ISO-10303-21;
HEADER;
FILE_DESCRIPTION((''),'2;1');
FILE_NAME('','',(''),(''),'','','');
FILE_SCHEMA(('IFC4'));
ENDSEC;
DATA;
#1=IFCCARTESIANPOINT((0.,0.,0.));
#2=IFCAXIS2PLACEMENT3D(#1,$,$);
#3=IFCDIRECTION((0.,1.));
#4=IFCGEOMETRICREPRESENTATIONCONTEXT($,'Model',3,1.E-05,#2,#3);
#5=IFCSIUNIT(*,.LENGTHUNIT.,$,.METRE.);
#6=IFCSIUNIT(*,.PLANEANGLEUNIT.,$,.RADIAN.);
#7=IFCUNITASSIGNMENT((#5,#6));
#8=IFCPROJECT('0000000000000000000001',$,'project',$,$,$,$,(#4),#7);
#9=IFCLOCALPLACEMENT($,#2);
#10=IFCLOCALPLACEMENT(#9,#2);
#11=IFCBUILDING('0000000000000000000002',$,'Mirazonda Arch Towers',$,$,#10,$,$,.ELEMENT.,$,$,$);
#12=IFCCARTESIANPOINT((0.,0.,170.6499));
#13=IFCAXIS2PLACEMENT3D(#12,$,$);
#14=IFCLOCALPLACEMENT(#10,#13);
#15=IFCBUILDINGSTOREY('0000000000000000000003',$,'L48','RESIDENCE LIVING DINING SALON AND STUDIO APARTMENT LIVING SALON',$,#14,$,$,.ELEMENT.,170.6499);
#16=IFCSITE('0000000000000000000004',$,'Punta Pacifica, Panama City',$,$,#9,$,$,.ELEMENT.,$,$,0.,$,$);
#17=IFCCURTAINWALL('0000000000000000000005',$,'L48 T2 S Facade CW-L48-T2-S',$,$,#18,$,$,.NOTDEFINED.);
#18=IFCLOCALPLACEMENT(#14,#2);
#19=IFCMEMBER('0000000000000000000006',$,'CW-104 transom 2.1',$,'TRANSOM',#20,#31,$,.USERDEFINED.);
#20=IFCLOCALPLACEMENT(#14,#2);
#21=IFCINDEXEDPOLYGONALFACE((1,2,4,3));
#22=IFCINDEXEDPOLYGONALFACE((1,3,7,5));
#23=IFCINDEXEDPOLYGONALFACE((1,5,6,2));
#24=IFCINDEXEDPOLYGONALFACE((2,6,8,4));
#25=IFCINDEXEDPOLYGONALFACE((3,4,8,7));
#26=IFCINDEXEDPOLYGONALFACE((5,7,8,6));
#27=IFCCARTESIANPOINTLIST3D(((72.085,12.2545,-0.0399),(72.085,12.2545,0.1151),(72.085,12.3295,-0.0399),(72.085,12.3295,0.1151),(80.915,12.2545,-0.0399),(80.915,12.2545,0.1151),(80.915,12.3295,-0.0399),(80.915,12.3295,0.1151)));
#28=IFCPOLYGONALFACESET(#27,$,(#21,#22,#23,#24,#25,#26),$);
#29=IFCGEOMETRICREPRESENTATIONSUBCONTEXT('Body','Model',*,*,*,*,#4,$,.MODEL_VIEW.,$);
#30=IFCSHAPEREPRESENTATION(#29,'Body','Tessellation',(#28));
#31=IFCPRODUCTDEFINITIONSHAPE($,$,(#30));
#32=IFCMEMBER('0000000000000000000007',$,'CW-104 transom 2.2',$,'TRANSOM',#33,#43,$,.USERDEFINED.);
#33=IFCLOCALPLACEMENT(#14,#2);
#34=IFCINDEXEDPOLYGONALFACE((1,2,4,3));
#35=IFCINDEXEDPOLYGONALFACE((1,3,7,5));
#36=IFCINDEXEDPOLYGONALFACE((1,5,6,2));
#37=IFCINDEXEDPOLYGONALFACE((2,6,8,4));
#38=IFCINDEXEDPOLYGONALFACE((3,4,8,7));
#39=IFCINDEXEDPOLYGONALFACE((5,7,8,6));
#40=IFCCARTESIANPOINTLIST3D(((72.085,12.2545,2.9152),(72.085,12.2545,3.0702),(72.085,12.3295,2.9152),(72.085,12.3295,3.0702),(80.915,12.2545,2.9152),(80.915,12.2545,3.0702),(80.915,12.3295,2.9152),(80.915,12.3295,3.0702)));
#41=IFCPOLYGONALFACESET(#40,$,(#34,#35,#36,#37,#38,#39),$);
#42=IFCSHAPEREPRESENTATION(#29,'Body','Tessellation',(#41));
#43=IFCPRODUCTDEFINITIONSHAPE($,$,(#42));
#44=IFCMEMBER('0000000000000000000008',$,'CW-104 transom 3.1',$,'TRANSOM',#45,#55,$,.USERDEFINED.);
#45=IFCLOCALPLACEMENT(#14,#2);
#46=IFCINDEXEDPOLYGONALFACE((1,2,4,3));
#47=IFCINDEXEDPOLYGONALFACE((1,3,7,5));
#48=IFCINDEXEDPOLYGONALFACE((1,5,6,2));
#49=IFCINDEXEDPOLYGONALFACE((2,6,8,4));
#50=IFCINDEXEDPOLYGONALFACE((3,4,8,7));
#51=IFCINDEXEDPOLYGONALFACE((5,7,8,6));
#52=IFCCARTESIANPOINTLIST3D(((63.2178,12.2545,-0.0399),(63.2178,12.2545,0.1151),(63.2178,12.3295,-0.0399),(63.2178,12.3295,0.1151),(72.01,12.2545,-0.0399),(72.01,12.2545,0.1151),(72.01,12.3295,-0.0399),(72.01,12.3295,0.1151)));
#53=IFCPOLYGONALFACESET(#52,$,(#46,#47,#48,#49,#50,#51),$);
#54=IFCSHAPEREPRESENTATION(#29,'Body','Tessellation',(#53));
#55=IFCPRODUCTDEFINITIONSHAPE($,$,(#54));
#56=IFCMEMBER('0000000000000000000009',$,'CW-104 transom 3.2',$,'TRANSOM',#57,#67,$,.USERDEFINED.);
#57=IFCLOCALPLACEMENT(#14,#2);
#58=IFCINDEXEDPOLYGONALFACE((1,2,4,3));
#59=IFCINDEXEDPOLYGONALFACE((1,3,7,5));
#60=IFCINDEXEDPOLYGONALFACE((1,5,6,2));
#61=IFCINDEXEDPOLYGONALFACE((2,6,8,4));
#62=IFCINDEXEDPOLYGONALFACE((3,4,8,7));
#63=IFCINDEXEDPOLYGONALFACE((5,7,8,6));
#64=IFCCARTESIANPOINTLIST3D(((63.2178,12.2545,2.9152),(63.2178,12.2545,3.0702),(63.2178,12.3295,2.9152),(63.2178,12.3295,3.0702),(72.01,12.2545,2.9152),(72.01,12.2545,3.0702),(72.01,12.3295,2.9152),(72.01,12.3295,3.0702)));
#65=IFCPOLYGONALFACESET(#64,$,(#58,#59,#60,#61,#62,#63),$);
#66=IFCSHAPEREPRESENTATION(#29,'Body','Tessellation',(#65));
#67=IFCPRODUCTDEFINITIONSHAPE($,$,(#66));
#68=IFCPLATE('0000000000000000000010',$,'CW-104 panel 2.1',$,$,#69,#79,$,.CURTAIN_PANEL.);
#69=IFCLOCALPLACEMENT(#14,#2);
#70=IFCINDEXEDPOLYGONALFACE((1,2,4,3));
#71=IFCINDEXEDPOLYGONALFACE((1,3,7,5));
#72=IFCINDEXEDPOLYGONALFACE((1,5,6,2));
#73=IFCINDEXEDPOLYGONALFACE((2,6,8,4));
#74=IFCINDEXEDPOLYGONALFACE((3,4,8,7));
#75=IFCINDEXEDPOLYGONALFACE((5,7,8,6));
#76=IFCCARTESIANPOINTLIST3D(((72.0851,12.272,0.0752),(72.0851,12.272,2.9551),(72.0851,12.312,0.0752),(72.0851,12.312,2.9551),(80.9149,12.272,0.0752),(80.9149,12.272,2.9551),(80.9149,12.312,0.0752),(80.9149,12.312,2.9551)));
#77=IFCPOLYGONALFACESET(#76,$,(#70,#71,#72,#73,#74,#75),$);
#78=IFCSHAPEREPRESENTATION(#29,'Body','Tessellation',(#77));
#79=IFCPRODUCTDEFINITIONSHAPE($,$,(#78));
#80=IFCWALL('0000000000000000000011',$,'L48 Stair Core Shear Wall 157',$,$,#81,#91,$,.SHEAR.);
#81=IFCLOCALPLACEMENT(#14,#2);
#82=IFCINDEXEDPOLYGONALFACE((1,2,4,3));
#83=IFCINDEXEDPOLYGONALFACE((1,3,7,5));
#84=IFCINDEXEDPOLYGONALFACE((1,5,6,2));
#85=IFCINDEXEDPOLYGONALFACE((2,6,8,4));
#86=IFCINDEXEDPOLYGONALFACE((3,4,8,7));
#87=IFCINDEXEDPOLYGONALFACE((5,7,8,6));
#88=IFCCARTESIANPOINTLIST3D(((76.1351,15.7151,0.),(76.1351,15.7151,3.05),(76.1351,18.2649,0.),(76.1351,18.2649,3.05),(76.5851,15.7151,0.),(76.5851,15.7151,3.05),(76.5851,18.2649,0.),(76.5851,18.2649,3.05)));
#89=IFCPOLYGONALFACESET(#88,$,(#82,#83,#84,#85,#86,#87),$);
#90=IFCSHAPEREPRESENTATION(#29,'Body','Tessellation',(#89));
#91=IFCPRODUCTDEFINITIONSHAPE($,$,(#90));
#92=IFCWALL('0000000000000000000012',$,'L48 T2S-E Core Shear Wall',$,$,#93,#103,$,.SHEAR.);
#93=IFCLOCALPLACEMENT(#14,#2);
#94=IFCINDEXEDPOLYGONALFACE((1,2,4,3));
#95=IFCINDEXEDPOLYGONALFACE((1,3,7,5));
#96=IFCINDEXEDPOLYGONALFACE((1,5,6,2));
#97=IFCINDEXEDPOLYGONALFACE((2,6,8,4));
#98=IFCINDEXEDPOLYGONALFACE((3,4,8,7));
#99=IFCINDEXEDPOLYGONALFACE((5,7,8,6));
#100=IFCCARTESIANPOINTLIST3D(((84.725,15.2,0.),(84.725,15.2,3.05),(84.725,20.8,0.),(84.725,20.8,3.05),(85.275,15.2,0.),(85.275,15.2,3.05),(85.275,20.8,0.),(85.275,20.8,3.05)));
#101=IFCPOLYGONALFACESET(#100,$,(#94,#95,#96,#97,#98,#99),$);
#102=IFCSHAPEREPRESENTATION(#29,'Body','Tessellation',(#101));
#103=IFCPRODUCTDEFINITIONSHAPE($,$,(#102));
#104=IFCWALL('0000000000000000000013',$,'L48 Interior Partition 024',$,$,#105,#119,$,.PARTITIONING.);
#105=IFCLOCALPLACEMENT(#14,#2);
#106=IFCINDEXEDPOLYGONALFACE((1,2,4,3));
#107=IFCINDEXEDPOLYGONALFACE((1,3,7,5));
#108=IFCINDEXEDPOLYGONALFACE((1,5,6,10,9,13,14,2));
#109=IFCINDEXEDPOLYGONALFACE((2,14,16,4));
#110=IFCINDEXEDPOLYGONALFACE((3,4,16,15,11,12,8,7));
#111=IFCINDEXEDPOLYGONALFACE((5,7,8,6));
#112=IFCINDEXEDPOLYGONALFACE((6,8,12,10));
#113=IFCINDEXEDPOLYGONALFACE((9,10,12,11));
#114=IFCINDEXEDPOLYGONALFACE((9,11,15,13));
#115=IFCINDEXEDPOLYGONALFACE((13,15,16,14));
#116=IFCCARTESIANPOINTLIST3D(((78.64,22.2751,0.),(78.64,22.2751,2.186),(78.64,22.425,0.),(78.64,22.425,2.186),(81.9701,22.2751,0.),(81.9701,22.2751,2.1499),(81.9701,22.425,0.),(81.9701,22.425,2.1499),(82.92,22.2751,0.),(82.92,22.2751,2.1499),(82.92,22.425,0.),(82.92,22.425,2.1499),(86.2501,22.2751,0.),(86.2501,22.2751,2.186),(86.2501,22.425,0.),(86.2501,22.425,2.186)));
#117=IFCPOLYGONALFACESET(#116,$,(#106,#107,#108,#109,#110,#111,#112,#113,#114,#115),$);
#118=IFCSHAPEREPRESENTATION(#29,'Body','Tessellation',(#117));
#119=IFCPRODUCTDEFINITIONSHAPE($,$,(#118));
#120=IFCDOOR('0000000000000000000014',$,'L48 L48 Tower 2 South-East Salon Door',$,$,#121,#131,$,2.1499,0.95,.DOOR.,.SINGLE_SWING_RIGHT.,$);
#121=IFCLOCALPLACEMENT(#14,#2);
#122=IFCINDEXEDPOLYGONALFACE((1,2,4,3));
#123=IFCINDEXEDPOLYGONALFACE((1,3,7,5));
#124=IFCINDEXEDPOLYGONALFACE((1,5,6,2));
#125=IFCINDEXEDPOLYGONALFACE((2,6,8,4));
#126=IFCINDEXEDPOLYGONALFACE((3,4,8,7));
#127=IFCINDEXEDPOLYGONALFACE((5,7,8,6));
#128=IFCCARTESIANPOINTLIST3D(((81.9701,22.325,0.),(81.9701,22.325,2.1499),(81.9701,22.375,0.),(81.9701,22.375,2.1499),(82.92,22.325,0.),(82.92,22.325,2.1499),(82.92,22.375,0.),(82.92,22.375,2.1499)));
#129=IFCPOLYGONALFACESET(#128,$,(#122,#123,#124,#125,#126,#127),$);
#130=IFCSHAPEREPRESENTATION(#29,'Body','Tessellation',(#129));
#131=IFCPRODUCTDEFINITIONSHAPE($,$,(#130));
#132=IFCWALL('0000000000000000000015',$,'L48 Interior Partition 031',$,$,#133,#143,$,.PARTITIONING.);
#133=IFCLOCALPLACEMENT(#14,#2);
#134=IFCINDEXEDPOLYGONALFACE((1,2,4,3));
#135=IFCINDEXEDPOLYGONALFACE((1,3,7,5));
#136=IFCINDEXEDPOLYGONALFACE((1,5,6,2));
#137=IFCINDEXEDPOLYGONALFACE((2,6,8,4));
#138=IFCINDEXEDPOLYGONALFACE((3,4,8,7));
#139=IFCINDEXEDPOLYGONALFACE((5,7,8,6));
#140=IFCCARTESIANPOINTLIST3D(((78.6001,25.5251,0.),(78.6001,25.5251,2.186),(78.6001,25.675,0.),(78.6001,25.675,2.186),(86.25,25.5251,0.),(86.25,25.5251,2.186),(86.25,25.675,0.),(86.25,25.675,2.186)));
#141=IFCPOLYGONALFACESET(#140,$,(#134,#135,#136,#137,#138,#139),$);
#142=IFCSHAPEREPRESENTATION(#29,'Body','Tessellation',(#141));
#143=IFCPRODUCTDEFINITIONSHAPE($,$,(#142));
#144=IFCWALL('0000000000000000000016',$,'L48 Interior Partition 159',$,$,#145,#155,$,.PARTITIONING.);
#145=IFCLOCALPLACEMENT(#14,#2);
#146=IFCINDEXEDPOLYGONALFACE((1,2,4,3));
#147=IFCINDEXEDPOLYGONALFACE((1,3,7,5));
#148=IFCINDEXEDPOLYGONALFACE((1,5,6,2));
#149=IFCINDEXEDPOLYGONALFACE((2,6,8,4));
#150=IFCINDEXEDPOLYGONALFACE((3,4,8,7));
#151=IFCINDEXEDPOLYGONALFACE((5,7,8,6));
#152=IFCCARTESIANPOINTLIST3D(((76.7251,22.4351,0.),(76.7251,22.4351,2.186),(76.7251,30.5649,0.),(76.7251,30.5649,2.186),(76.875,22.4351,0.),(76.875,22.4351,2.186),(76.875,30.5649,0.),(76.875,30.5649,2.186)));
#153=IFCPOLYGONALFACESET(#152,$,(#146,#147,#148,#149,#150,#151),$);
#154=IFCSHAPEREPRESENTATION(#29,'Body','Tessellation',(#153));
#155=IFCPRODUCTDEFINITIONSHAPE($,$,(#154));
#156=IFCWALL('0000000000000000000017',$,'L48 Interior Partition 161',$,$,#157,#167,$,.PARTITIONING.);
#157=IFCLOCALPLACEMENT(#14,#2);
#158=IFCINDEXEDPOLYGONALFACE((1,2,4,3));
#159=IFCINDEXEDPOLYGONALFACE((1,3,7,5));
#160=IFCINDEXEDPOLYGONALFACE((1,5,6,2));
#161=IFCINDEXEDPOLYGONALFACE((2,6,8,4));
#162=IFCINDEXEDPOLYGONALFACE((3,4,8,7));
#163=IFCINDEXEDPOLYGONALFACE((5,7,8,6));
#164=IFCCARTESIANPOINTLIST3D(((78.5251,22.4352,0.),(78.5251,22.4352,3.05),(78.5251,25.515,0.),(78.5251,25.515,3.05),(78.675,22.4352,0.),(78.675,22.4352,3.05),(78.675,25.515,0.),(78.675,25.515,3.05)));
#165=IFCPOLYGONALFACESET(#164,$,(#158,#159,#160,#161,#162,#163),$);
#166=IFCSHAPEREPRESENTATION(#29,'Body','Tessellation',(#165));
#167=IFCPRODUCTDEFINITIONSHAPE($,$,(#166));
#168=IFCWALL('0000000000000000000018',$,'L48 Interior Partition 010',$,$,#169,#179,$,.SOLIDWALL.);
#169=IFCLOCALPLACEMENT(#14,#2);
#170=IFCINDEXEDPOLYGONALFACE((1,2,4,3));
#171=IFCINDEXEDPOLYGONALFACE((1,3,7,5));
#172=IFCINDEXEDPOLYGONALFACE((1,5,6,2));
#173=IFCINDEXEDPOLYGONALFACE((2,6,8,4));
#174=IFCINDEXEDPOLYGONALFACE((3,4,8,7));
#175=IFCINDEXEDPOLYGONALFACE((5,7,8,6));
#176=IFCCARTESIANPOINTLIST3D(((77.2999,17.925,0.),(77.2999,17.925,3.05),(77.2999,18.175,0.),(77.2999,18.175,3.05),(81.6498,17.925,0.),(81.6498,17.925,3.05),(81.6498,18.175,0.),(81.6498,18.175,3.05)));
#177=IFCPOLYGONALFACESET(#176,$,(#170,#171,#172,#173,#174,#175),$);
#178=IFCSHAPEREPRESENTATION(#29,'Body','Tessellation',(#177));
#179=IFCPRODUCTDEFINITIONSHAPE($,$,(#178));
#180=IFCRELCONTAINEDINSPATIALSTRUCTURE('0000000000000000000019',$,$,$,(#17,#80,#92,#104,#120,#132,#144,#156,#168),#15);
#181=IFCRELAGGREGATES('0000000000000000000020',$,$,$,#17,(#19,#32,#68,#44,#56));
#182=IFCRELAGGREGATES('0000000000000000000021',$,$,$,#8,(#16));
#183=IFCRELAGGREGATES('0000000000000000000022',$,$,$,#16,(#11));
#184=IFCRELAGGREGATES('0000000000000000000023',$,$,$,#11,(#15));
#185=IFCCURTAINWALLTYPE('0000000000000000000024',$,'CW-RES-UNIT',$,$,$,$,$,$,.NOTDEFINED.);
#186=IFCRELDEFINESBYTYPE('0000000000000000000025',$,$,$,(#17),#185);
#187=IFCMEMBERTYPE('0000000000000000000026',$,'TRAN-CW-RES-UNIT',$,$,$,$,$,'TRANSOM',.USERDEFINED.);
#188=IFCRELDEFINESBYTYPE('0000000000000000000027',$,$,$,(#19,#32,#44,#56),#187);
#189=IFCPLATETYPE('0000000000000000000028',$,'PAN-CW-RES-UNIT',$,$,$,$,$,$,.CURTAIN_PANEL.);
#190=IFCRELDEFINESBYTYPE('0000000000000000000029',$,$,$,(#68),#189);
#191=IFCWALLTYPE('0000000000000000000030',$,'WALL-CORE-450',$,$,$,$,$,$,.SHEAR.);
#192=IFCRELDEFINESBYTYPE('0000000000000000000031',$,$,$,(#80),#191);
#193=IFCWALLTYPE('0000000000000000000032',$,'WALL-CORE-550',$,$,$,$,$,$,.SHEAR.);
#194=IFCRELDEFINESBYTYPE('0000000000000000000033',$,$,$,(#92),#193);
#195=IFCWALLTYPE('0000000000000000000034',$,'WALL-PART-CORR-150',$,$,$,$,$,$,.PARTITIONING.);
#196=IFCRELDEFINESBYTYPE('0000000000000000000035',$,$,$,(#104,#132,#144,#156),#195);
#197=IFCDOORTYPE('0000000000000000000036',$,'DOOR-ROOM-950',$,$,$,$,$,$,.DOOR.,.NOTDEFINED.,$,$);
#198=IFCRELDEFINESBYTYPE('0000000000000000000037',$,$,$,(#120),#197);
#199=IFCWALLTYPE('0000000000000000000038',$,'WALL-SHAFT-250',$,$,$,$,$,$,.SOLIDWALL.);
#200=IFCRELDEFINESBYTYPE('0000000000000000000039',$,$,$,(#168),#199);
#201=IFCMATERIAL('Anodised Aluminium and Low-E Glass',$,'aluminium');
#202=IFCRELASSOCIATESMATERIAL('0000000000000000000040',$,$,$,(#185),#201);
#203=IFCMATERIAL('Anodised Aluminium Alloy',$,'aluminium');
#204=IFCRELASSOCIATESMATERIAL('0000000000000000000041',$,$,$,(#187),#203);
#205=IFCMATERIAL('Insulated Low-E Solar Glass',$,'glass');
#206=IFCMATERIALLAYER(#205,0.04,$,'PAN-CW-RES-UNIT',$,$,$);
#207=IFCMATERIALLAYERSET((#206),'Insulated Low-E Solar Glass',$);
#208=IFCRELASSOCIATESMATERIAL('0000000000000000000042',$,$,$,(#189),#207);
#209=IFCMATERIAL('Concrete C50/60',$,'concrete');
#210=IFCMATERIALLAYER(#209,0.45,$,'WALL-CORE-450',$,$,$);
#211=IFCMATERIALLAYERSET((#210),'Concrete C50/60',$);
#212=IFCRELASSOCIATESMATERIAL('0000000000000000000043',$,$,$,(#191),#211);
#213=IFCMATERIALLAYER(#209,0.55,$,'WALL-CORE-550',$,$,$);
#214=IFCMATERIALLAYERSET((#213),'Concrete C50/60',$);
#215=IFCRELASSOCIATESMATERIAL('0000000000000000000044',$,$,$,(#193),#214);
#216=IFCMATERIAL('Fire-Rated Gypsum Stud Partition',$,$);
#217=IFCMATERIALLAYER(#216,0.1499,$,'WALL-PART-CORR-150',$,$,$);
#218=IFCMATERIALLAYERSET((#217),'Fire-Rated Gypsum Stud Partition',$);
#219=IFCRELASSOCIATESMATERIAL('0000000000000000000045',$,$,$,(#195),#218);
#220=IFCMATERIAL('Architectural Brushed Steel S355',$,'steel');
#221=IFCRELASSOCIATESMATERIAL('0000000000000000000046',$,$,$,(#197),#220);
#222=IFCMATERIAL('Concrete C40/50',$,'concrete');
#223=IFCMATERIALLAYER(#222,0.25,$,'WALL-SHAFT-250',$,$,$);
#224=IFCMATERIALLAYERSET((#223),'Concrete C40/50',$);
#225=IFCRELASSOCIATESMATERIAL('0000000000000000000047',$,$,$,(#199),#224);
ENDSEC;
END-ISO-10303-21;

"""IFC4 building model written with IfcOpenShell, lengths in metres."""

from ifc_helpers import new_model, si_unit, direction, frame, frame_2d, origin, origin_2d, place, context, subcontext, project, spatial, rectangle, extrude, material, layer, layer_set, material_profile, profile_set, type_object, element, fill, aggregate, save


model = new_model("IFC4")

# Units and contexts
model_context = context("Model", 3, precision=1e-05, world=origin(), true_north=direction((0.0, 1.0)))
body_context = subcontext(model_context, "Body", "Model", "MODEL_VIEW")
ifc_project = project(units=[si_unit("LENGTHUNIT", "METRE"), si_unit("PLANEANGLEUNIT", "RADIAN")], contexts=[model_context])

# Site, building, storey
site_placement = place(None, origin())
site = spatial("IfcSite", under=ifc_project, at=site_placement, Name="Punta Pacifica, Panama City", CompositionType="ELEMENT", RefElevation=0.0)
building_placement = place(site_placement, origin())
building = spatial("IfcBuilding", under=site, at=building_placement, Name="Mirazonda Arch Towers", CompositionType="ELEMENT")
storey_placement = place(building_placement, frame((0.0, 0.0, 170.6499)))
storey = spatial("IfcBuildingStorey", under=building, at=storey_placement, Name="L48", Description="RESIDENCE LIVING DINING SALON AND STUDIO APARTMENT LIVING SALON", CompositionType="ELEMENT", Elevation=170.6499)

# Shared definitions
ifc_material_1 = material(Name="Concrete C50/60", Category="concrete")

# Curtain wall, members, plate
ifc_material_2 = material(Name="Anodised Aluminium and Low-E Glass", Category="aluminium")
curtain_wall_type = type_object("IfcCurtainWallType", Name="CW-RES-UNIT", PredefinedType="NOTDEFINED", material=ifc_material_2)
curtain_wall_placement = place(storey_placement, origin())
curtain_wall = element("IfcCurtainWall", 1, at=curtain_wall_placement, inside=storey, type_object=curtain_wall_type, Name="L48 T2 S Facade CW-L48-T2-S", PredefinedType="NOTDEFINED")
ifc_material_3 = material(Name="Anodised Aluminium Alloy", Category="aluminium")
ifc_material_profile_1 = material_profile(ifc_material_3, rectangle(XDim=0.075, YDim=0.155, at=origin_2d()), Name="ALU-TRAN-75x155")
ifc_profile_set_1 = profile_set([ifc_material_profile_1], Name="Anodised Aluminium Alloy")
member_type_1 = type_object("IfcMemberType", Name="TRAN-CW-RES-UNIT", ElementType="TRANSOM", PredefinedType="USERDEFINED", material=ifc_profile_set_1)
member_1_placement = place(storey_placement, frame((80.915, 12.292, 0.0376), z_axis=(-1.0, 0.0, 0.0), x_axis=(0.0, -1.0, 0.0)))
member_1 = element("IfcMember", 2, at=member_1_placement, type_object=member_type_1, Name="CW-104 transom 2.1", ObjectType="TRANSOM", PredefinedType="USERDEFINED", context=body_context, shape_type="SweptSolid", body=[
    extrude(rectangle(XDim=0.075, YDim=0.155, at=origin_2d()), origin(), (0.0, 0.0, 1.0), 8.8301),
])
member_2_placement = place(storey_placement, frame((80.915, 12.292, 2.9927), z_axis=(-1.0, 0.0, 0.0), x_axis=(0.0, -1.0, 0.0)))
member_2 = element("IfcMember", 3, at=member_2_placement, type_object=member_type_1, Name="CW-104 transom 2.2", ObjectType="TRANSOM", PredefinedType="USERDEFINED", context=body_context, shape_type="SweptSolid", body=[
    extrude(rectangle(XDim=0.075, YDim=0.155, at=origin_2d()), origin(), (0.0, 0.0, 1.0), 8.8301),
])
member_3_placement = place(storey_placement, frame((72.01, 12.292, 0.0376), z_axis=(-1.0, 0.0, 0.0), x_axis=(0.0, -1.0, 0.0)))
member_3 = element("IfcMember", 4, at=member_3_placement, type_object=member_type_1, Name="CW-104 transom 3.1", ObjectType="TRANSOM", PredefinedType="USERDEFINED", context=body_context, shape_type="SweptSolid", body=[
    extrude(rectangle(XDim=0.075, YDim=0.155, at=origin_2d()), origin(), (0.0, 0.0, 1.0), 8.7922),
])
member_4_placement = place(storey_placement, frame((72.01, 12.292, 2.9927), z_axis=(-1.0, 0.0, 0.0), x_axis=(0.0, -1.0, 0.0)))
member_4 = element("IfcMember", 5, at=member_4_placement, type_object=member_type_1, Name="CW-104 transom 3.2", ObjectType="TRANSOM", PredefinedType="USERDEFINED", context=body_context, shape_type="SweptSolid", body=[
    extrude(rectangle(XDim=0.075, YDim=0.155, at=origin_2d()), origin(), (0.0, 0.0, 1.0), 8.7922),
])
ifc_material_4 = material(Name="Insulated Low-E Solar Glass", Category="glass")
ifc_layer_1 = layer(ifc_material_4, 0.04, Name="PAN-CW-RES-UNIT")
ifc_layer_set_1 = layer_set([ifc_layer_1], Name="Insulated Low-E Solar Glass")
plate_type = type_object("IfcPlateType", Name="PAN-CW-RES-UNIT", PredefinedType="CURTAIN_PANEL", material=ifc_layer_set_1)
plate_placement = place(storey_placement, frame((76.5, 12.292, 0.0752), z_axis=(0.0, 0.0, 1.0), x_axis=(-1.0, 0.0, 0.0)))
plate = element("IfcPlate", 6, at=plate_placement, type_object=plate_type, Name="CW-104 panel 2.1", PredefinedType="CURTAIN_PANEL", context=body_context, shape_type="SweptSolid", body=[
    extrude(rectangle(XDim=8.8298, YDim=0.04, at=origin_2d()), origin(), (0.0, 0.0, 1.0), 2.8799),
])
aggregate(curtain_wall, [member_1, member_2, plate, member_3, member_4])

# Walls
ifc_layer_2 = layer(ifc_material_1, 0.45, Name="WALL-CORE-450")
ifc_layer_set_2 = layer_set([ifc_layer_2], Name="Concrete C50/60")
wall_type_1 = type_object("IfcWallType", Name="WALL-CORE-450", PredefinedType="SHEAR", material=ifc_layer_set_2)
wall_1_placement = place(storey_placement, frame((76.3601, 15.7151, 0.0), z_axis=(0.0, 0.0, 1.0), x_axis=(0.0, 1.0, 0.0)))
element("IfcWall", 7, at=wall_1_placement, inside=storey, type_object=wall_type_1, Name="L48 Stair Core Shear Wall 157", PredefinedType="SHEAR", context=body_context, shape_type="SweptSolid", body=[
    extrude(rectangle(XDim=2.5498, YDim=0.45, at=frame_2d((1.2749, 0.0))), origin(), (0.0, 0.0, 1.0), 3.05),
])
ifc_layer_3 = layer(ifc_material_1, 0.55, Name="WALL-CORE-550")
ifc_layer_set_3 = layer_set([ifc_layer_3], Name="Concrete C50/60")
wall_type_2 = type_object("IfcWallType", Name="WALL-CORE-550", PredefinedType="SHEAR", material=ifc_layer_set_3)
wall_2_placement = place(storey_placement, frame((85.0, 15.2, 0.0), z_axis=(0.0, 0.0, 1.0), x_axis=(0.0, 1.0, 0.0)))
element("IfcWall", 8, at=wall_2_placement, inside=storey, type_object=wall_type_2, Name="L48 T2S-E Core Shear Wall", PredefinedType="SHEAR", context=body_context, shape_type="SweptSolid", body=[
    extrude(rectangle(XDim=5.6001, YDim=0.55, at=frame_2d((2.8, 0.0))), origin(), (0.0, 0.0, 1.0), 3.05),
])

# Wall, opening, door
ifc_material_5 = material(Name="Fire-Rated Gypsum Stud Partition")
ifc_layer_4 = layer(ifc_material_5, 0.1499, Name="WALL-PART-CORR-150")
ifc_layer_set_4 = layer_set([ifc_layer_4], Name="Fire-Rated Gypsum Stud Partition")
wall_type_3 = type_object("IfcWallType", Name="WALL-PART-CORR-150", PredefinedType="PARTITIONING", material=ifc_layer_set_4)
wall_3_placement = place(storey_placement, frame((78.6399, 22.3501, 0.0), z_axis=(0.0, 0.0, 1.0), x_axis=(1.0, 0.0, 0.0)))
wall_3 = element("IfcWall", 9, at=wall_3_placement, inside=storey, type_object=wall_type_3, Name="L48 Interior Partition 024", PredefinedType="PARTITIONING", context=body_context, shape_type="SweptSolid", body=[
    extrude(rectangle(XDim=7.6101, YDim=0.1499, at=frame_2d((3.8052, 0.0))), origin(), (0.0, 0.0, 1.0), 2.186),
])
opening_placement = place(wall_3_placement, frame((3.3301, 0.0, 0.0)))
opening = element("IfcOpeningElement", 10, at=opening_placement, cuts=wall_3, PredefinedType="OPENING", context=body_context, shape_type="SweptSolid", body=[
    extrude(rectangle(XDim=0.95, YDim=2.1499, at=frame_2d((0.4751, 1.075))), frame((0.0, 0.085, 0.0), z_axis=(0.0, -1.0, 0.0), x_axis=(1.0, 0.0, 0.0)), (0.0, 0.0, 1.0), 0.1699),
])
ifc_material_6 = material(Name="Architectural Brushed Steel S355", Category="steel")
door_type = type_object("IfcDoorType", Name="DOOR-ROOM-950", OperationType="NOTDEFINED", PredefinedType="DOOR", material=ifc_material_6)
door_placement = place(opening_placement, origin())
door = element("IfcDoor", 11, at=door_placement, inside=storey, type_object=door_type, Name="L48 L48 Tower 2 South-East Salon Door", OperationType="SINGLE_SWING_RIGHT", OverallHeight=2.1499, OverallWidth=0.95, PredefinedType="DOOR", context=body_context, shape_type="SweptSolid", body=[
    extrude(rectangle(XDim=0.95, YDim=2.1499, at=frame_2d((0.4751, 1.075))), frame((0.0, 0.0249, 0.0), z_axis=(0.0, -1.0, 0.0), x_axis=(1.0, 0.0, 0.0)), (0.0, 0.0, 1.0), 0.05),
])
fill(opening, door)

# Walls
wall_4_placement = place(storey_placement, frame((78.6001, 25.6001, 0.0), z_axis=(0.0, 0.0, 1.0), x_axis=(1.0, 0.0, 0.0)))
element("IfcWall", 12, at=wall_4_placement, inside=storey, type_object=wall_type_3, Name="L48 Interior Partition 031", PredefinedType="PARTITIONING", context=body_context, shape_type="SweptSolid", body=[
    extrude(rectangle(XDim=7.6499, YDim=0.1499, at=frame_2d((3.825, 0.0))), origin(), (0.0, 0.0, 1.0), 2.186),
])
wall_5_placement = place(storey_placement, frame((76.8, 22.4351, 0.0), z_axis=(0.0, 0.0, 1.0), x_axis=(0.0, 1.0, 0.0)))
element("IfcWall", 13, at=wall_5_placement, inside=storey, type_object=wall_type_3, Name="L48 Interior Partition 159", PredefinedType="PARTITIONING", context=body_context, shape_type="SweptSolid", body=[
    extrude(rectangle(XDim=8.1299, YDim=0.1499, at=frame_2d((4.0649, 0.0))), origin(), (0.0, 0.0, 1.0), 2.186),
])
wall_6_placement = place(storey_placement, frame((78.6001, 22.4351, 0.0), z_axis=(0.0, 0.0, 1.0), x_axis=(0.0, 1.0, 0.0)))
element("IfcWall", 14, at=wall_6_placement, inside=storey, type_object=wall_type_3, Name="L48 Interior Partition 161", PredefinedType="PARTITIONING", context=body_context, shape_type="SweptSolid", body=[
    extrude(rectangle(XDim=3.0798, YDim=0.1499, at=frame_2d((1.54, 0.0))), origin(), (0.0, 0.0, 1.0), 3.05),
])
ifc_material_7 = material(Name="Concrete C40/50", Category="concrete")
ifc_layer_5 = layer(ifc_material_7, 0.25, Name="WALL-SHAFT-250")
ifc_layer_set_5 = layer_set([ifc_layer_5], Name="Concrete C40/50")
wall_type_4 = type_object("IfcWallType", Name="WALL-SHAFT-250", PredefinedType="SOLIDWALL", material=ifc_layer_set_5)
wall_7_placement = place(storey_placement, frame((77.3, 18.05, 0.0), z_axis=(0.0, 0.0, 1.0), x_axis=(1.0, 0.0, 0.0)))
element("IfcWall", 15, at=wall_7_placement, inside=storey, type_object=wall_type_4, Name="L48 Interior Partition 010", PredefinedType="SOLIDWALL", context=body_context, shape_type="SweptSolid", body=[
    extrude(rectangle(XDim=4.3499, YDim=0.25, at=frame_2d((2.1748, 0.0))), origin(), (0.0, 0.0, 1.0), 3.05),
])

save(model, "model.ifc")
